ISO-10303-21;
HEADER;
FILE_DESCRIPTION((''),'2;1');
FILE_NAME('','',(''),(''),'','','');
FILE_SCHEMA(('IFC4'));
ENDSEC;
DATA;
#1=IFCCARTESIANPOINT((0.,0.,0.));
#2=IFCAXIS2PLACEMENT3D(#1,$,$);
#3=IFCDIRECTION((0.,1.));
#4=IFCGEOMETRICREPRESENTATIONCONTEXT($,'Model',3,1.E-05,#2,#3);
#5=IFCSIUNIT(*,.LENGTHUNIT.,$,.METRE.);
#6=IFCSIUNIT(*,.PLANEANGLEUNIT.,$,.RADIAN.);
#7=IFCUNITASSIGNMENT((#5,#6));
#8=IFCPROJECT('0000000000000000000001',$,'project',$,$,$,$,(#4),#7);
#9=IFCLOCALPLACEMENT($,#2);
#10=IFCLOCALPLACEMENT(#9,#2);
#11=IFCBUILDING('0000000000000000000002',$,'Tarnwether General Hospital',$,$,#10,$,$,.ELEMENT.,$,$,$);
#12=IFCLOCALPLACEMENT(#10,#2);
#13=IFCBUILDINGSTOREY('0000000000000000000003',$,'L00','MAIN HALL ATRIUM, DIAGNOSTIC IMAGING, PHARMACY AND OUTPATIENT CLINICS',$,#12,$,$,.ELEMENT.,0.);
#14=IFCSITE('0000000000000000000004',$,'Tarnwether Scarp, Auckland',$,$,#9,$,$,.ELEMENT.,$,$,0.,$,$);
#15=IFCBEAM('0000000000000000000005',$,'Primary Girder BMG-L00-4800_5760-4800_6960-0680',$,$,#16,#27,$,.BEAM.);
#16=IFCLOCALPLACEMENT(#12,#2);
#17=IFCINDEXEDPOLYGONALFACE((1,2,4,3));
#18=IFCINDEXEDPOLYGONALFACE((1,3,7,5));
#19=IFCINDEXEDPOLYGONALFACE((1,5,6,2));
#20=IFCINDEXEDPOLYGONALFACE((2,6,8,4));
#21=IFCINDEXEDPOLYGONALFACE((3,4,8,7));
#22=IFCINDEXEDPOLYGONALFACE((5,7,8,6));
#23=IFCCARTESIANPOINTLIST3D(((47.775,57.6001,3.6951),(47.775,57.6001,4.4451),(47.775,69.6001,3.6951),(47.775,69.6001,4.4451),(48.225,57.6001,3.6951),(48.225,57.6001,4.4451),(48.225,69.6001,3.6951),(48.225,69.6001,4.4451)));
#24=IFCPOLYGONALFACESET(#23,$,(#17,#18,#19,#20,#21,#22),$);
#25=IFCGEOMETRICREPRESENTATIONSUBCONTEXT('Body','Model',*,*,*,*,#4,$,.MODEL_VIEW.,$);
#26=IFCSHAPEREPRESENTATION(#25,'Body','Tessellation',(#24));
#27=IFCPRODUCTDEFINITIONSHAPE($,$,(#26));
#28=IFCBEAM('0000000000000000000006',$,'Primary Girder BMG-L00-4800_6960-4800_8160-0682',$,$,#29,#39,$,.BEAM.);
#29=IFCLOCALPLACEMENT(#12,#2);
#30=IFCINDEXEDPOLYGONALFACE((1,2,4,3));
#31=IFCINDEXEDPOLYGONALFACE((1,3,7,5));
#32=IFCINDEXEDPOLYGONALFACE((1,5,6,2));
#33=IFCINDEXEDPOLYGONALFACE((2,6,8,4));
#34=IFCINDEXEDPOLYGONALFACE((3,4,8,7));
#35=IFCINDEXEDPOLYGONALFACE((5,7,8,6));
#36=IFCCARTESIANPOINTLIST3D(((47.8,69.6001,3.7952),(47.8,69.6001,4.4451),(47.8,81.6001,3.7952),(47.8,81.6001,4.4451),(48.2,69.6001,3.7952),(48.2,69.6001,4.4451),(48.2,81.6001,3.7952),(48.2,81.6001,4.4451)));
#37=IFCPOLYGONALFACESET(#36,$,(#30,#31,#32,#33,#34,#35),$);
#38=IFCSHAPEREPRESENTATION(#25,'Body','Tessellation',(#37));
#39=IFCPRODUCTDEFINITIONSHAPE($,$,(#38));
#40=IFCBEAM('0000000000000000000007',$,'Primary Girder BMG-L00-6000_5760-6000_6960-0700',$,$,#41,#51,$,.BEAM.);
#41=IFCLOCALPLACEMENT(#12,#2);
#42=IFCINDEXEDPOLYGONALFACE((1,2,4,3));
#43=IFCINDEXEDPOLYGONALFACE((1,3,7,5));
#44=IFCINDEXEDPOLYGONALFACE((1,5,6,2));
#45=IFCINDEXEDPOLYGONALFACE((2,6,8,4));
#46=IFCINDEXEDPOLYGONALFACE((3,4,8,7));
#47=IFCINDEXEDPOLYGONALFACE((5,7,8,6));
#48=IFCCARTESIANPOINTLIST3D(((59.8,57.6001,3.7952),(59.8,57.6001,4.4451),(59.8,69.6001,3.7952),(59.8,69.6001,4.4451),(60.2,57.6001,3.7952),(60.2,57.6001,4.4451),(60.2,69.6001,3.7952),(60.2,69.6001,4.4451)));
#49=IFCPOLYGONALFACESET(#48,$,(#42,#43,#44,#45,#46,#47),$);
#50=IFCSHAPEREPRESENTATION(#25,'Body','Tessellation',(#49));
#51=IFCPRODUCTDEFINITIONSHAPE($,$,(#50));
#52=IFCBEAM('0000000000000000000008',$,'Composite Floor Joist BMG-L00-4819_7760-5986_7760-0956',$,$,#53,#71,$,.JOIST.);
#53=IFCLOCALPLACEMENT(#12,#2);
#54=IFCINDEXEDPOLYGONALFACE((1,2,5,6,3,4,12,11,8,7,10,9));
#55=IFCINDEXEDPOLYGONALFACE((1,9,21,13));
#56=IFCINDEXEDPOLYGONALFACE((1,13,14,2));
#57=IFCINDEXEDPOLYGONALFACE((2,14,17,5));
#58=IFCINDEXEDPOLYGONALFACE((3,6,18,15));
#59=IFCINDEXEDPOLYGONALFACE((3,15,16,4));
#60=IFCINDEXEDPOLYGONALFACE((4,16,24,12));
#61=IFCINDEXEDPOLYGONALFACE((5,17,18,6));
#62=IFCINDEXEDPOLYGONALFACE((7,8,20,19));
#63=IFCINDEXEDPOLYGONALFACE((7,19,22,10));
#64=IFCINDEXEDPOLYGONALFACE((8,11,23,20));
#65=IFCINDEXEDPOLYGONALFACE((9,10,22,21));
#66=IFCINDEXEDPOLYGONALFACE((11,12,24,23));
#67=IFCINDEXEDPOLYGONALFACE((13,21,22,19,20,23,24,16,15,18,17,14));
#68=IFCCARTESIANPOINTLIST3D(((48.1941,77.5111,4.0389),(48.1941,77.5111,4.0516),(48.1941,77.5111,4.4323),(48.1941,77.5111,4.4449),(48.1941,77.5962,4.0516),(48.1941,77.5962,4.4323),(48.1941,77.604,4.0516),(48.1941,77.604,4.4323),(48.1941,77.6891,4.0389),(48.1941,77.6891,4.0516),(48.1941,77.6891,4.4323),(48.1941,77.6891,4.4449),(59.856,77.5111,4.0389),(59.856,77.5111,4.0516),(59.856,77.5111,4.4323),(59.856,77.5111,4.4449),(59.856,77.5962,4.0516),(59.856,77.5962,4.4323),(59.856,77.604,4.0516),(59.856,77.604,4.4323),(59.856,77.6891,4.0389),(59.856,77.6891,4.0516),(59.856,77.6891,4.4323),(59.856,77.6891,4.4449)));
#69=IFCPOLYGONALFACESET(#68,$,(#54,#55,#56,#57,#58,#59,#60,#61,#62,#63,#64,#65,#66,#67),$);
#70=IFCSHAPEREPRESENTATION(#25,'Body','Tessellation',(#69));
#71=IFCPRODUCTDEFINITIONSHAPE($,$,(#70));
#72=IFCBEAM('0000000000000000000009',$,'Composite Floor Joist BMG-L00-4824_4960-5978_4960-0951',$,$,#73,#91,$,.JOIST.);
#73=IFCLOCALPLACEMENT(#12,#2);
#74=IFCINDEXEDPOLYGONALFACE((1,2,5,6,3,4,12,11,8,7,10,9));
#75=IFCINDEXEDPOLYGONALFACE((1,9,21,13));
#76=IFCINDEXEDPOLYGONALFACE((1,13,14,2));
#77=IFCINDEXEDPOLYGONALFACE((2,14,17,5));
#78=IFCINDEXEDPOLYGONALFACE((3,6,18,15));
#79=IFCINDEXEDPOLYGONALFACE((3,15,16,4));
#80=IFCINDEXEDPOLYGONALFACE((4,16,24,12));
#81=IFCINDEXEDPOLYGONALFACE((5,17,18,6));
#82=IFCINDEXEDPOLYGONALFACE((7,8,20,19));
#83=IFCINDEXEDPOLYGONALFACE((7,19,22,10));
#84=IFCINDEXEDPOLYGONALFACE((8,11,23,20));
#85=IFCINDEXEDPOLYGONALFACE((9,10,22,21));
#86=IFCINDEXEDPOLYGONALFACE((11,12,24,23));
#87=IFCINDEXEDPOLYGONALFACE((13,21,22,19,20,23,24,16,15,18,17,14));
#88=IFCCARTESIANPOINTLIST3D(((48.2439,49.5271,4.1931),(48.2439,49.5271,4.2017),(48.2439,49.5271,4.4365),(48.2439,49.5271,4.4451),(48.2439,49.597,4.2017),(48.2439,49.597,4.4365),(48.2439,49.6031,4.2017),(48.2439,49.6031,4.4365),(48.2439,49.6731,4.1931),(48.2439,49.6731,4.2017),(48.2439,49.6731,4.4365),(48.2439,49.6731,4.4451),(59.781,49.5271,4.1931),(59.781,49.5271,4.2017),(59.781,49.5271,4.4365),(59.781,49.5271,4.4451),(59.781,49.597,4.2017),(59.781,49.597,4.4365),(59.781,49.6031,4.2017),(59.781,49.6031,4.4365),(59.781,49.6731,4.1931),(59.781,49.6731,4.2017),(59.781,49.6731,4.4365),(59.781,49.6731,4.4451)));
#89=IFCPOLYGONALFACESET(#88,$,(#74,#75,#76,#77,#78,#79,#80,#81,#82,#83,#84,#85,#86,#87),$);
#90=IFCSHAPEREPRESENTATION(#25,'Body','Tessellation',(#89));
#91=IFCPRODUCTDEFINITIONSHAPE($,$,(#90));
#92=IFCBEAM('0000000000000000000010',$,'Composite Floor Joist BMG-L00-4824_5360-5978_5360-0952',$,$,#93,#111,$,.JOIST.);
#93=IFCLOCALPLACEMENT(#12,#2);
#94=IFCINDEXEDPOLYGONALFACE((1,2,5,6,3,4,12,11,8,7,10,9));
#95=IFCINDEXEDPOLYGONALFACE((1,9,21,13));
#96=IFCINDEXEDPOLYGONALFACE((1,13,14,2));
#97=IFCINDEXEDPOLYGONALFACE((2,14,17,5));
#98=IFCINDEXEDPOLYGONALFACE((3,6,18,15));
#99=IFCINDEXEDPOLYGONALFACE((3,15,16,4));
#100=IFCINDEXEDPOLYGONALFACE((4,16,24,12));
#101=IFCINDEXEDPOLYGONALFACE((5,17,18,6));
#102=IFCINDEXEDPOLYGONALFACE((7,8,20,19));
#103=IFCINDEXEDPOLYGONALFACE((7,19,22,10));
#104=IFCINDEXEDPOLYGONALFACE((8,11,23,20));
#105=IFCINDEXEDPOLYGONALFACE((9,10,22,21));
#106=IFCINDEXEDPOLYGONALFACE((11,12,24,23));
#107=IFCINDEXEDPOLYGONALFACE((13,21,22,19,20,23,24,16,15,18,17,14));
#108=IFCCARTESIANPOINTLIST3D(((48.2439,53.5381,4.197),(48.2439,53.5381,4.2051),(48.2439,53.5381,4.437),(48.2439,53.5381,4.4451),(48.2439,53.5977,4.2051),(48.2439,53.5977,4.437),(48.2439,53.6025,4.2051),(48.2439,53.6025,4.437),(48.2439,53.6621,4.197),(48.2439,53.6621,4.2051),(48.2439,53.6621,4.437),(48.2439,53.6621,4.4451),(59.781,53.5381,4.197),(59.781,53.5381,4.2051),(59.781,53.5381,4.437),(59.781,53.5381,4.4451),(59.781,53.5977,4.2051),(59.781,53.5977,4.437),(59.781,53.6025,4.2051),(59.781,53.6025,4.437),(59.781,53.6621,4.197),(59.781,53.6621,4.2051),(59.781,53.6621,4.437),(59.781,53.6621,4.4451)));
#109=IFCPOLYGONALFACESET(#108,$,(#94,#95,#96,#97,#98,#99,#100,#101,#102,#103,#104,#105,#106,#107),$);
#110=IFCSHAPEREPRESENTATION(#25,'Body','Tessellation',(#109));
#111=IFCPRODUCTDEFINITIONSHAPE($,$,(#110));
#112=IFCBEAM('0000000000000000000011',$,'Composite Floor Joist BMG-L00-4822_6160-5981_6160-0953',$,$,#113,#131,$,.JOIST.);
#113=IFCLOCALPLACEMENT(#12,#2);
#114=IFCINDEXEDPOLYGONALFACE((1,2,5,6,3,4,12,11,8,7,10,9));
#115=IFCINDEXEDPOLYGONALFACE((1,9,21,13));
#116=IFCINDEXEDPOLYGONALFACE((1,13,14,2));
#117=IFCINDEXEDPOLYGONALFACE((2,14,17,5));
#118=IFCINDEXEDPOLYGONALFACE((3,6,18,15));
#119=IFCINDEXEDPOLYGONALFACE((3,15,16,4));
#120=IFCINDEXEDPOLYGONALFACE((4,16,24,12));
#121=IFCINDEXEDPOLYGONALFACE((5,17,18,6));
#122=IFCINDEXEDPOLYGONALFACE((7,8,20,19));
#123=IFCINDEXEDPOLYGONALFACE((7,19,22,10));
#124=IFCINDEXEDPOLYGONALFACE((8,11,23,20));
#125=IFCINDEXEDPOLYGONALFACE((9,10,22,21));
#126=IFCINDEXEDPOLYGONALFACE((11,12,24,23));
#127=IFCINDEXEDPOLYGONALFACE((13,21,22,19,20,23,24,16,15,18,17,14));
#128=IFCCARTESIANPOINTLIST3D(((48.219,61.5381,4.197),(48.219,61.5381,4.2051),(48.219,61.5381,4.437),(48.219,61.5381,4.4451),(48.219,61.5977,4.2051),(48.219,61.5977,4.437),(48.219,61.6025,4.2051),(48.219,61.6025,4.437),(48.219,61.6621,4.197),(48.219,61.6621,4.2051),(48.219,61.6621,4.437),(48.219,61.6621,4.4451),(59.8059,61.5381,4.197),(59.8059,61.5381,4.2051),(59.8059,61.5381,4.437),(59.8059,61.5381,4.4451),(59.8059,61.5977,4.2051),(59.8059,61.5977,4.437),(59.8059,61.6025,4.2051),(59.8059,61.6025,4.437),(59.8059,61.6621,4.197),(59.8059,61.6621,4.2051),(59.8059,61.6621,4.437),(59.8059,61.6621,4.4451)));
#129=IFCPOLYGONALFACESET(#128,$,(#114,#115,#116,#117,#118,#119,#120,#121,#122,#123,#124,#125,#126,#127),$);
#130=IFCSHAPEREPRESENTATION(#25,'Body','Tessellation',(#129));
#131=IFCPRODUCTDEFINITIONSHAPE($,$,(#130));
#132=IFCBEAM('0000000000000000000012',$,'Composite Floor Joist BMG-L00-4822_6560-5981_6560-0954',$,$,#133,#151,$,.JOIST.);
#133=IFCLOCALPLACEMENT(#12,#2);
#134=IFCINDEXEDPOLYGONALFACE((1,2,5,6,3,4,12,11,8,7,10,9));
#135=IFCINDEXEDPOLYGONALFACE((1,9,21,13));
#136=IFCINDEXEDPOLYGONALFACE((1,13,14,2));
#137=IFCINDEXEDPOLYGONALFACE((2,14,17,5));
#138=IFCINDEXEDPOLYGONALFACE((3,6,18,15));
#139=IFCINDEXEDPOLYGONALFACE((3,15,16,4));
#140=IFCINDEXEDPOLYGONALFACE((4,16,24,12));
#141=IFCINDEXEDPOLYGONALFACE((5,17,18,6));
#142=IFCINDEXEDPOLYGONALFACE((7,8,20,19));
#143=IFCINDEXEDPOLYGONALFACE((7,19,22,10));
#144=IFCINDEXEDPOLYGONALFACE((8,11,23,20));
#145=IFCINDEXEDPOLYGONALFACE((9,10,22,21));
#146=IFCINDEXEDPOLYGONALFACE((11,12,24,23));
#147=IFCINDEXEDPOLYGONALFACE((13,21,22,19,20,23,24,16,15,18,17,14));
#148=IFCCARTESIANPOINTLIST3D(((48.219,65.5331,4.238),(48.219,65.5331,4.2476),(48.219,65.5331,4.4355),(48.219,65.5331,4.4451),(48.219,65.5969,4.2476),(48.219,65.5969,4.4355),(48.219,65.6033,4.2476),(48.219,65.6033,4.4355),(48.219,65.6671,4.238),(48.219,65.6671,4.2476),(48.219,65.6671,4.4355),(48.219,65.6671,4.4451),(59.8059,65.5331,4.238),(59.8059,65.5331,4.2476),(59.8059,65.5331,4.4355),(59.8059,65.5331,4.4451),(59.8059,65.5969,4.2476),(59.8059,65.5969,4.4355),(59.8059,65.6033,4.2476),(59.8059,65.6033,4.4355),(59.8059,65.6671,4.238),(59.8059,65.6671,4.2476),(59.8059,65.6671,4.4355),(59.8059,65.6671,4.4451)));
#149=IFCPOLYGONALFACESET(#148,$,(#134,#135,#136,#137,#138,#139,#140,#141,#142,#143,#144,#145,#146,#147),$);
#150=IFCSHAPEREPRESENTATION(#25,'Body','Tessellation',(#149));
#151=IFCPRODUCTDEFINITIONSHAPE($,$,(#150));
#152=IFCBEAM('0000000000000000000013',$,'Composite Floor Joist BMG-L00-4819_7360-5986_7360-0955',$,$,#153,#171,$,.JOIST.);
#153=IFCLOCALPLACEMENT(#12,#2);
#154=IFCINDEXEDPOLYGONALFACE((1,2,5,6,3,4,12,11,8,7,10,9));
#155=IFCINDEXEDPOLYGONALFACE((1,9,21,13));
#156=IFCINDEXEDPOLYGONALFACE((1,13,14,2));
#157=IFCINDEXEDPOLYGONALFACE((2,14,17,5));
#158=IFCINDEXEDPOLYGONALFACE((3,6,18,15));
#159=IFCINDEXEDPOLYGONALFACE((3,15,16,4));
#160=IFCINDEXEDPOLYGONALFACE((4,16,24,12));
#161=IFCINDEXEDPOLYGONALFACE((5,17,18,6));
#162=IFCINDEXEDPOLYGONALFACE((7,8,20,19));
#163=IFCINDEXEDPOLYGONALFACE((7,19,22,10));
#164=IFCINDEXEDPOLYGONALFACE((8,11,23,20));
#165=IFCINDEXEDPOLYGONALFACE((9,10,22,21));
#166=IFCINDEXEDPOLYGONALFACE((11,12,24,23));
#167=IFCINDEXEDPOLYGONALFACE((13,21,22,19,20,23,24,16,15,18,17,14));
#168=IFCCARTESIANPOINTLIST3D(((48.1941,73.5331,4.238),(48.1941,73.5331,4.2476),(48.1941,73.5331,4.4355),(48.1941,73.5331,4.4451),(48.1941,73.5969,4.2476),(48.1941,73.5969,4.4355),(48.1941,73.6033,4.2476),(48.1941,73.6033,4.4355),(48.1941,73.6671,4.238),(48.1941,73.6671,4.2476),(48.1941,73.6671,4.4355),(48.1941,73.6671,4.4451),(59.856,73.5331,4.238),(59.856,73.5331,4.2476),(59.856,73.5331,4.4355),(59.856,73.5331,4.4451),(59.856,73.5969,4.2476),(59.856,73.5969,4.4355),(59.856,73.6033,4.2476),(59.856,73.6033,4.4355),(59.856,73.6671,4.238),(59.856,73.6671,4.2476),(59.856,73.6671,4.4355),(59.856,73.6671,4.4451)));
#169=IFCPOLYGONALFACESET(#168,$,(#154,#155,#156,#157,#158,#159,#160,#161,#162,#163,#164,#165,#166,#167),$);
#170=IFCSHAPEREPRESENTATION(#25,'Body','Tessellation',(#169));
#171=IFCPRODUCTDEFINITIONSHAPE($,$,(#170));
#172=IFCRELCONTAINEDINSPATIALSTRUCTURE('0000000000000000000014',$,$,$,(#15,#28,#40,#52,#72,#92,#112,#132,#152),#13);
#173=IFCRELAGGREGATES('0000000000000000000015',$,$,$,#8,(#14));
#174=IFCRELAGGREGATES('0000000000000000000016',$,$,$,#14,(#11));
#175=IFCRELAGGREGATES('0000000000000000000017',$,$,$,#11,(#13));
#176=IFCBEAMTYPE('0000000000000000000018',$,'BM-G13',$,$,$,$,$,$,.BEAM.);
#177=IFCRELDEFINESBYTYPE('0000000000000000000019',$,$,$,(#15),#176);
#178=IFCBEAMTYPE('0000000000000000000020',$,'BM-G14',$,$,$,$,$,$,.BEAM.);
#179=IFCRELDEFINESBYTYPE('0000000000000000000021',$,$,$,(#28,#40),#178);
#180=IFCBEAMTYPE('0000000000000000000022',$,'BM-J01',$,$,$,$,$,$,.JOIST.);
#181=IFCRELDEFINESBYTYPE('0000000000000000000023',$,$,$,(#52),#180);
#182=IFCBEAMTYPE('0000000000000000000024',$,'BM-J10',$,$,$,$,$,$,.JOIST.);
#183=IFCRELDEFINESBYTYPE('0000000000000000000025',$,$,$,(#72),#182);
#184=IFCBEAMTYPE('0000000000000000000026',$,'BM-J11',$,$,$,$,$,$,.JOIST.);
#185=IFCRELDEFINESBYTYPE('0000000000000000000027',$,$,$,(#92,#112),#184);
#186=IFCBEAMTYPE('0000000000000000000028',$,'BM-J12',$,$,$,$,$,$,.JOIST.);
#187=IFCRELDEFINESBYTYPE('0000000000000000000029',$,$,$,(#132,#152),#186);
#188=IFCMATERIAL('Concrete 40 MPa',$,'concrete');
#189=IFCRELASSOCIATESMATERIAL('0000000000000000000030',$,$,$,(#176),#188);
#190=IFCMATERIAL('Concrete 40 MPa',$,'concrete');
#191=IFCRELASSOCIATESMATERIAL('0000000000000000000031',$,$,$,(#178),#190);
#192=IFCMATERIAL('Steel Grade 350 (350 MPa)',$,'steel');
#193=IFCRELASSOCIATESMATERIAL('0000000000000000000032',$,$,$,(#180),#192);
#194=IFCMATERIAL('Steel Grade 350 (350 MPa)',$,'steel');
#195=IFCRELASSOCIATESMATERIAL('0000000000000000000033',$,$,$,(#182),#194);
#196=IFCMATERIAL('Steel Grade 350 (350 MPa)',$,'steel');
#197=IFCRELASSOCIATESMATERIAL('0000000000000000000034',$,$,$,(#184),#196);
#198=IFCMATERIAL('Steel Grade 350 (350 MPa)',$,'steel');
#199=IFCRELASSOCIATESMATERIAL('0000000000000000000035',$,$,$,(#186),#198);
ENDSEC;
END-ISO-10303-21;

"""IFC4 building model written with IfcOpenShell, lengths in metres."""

from ifc_helpers import new_model, si_unit, direction, frame, origin, origin_2d, place, context, subcontext, project, spatial, rectangle, i_section, extrude, material, material_profile, profile_set, type_object, element, save


model = new_model("IFC4")

# Units and contexts
model_context = context("Model", 3, precision=1e-05, world=origin(), true_north=direction((0.0, 1.0)))
body_context = subcontext(model_context, "Body", "Model", "MODEL_VIEW")
ifc_project = project(units=[si_unit("LENGTHUNIT", "METRE"), si_unit("PLANEANGLEUNIT", "RADIAN")], contexts=[model_context])

# Site, building, storey
site_placement = place(None, origin())
site = spatial("IfcSite", under=ifc_project, at=site_placement, Name="Tarnwether Scarp, Auckland", CompositionType="ELEMENT", RefElevation=0.0)
building_placement = place(site_placement, origin())
building = spatial("IfcBuilding", under=site, at=building_placement, Name="Tarnwether General Hospital", CompositionType="ELEMENT")
storey_placement = place(building_placement, origin())
storey = spatial("IfcBuildingStorey", under=building, at=storey_placement, Name="L00", Description="MAIN HALL ATRIUM, DIAGNOSTIC IMAGING, PHARMACY AND OUTPATIENT CLINICS", CompositionType="ELEMENT", Elevation=0.0)

# Beams
ifc_material_1 = material(Name="Concrete 40 MPa", Category="concrete")
ifc_material_profile_1 = material_profile(ifc_material_1, rectangle(XDim=0.45, YDim=0.75, at=origin_2d()), Name="RC-BM-450x750")
ifc_profile_set_1 = profile_set([ifc_material_profile_1], Name="Concrete 40 MPa")
beam_type_1 = type_object("IfcBeamType", Name="BM-G13", PredefinedType="BEAM", material=ifc_profile_set_1)
beam_1_placement = place(storey_placement, frame((48.0, 57.6001, 4.0701), z_axis=(0.0, 1.0, 0.0), x_axis=(-1.0, 0.0, 0.0)))
element("IfcBeam", 1, at=beam_1_placement, inside=storey, type_object=beam_type_1, Name="Primary Girder BMG-L00-4800_5760-4800_6960-0680", PredefinedType="BEAM", context=body_context, shape_type="SweptSolid", body=[
    extrude(rectangle(XDim=0.45, YDim=0.75, at=origin_2d()), origin(), (0.0, 0.0, 1.0), 12.0),
])
ifc_material_2 = material(Name="Concrete 40 MPa", Category="concrete")
ifc_material_profile_2 = material_profile(ifc_material_2, rectangle(XDim=0.3999, YDim=0.6499, at=origin_2d()), Name="RC-BM-400x650")
ifc_profile_set_2 = profile_set([ifc_material_profile_2], Name="Concrete 40 MPa")
beam_type_2 = type_object("IfcBeamType", Name="BM-G14", PredefinedType="BEAM", material=ifc_profile_set_2)
for number, where, z_axis, x_axis, name in (
    (2, (48.0, 69.6001, 4.1201), (0.0, 1.0, 0.0), (-1.0, 0.0, 0.0), "Primary Girder BMG-L00-4800_6960-4800_8160-0682"),
    (3, (60.0, 57.6001, 4.1201), (0.0, 1.0, 0.0), (-1.0, 0.0, 0.0), "Primary Girder BMG-L00-6000_5760-6000_6960-0700"),
):
    element("IfcBeam", number, at=place(storey_placement, frame(where, z_axis=z_axis, x_axis=x_axis)), inside=storey, type_object=beam_type_2, Name=name, PredefinedType="BEAM", context=body_context, shape_type="SweptSolid", body=[
        extrude(rectangle(XDim=0.3999, YDim=0.6499, at=origin_2d()), origin(), (0.0, 0.0, 1.0), 12.0),
    ])
ifc_material_3 = material(Name="Steel Grade 350 (350 MPa)", Category="steel")
ifc_material_profile_3 = material_profile(ifc_material_3, i_section(OverallWidth=0.178, OverallDepth=0.406, WebThickness=0.0078, FlangeThickness=0.0127, at=origin_2d()), Name="410UB59.7")
ifc_profile_set_3 = profile_set([ifc_material_profile_3], Name="Steel Grade 350 (350 MPa)")
beam_type_3 = type_object("IfcBeamType", Name="BM-J01", PredefinedType="JOIST", material=ifc_profile_set_3)
beam_2_placement = place(storey_placement, frame((48.1941, 77.6001, 4.2419), z_axis=(1.0, 0.0, 0.0), x_axis=(0.0, 1.0, 0.0)))
element("IfcBeam", 4, at=beam_2_placement, inside=storey, type_object=beam_type_3, Name="Composite Floor Joist BMG-L00-4819_7760-5986_7760-0956", PredefinedType="JOIST", context=body_context, shape_type="SweptSolid", body=[
    extrude(i_section(OverallWidth=0.178, OverallDepth=0.406, WebThickness=0.0078, FlangeThickness=0.0127, at=origin_2d()), origin(), (0.0, 0.0, 1.0), 11.6619),
])
ifc_material_4 = material(Name="Steel Grade 350 (350 MPa)", Category="steel")
ifc_material_profile_4 = material_profile(ifc_material_4, i_section(OverallWidth=0.146, OverallDepth=0.252, WebThickness=0.0061, FlangeThickness=0.0085, at=origin_2d()), Name="250UB31.4")
ifc_profile_set_4 = profile_set([ifc_material_profile_4], Name="Steel Grade 350 (350 MPa)")
beam_type_4 = type_object("IfcBeamType", Name="BM-J10", PredefinedType="JOIST", material=ifc_profile_set_4)
beam_3_placement = place(storey_placement, frame((48.2439, 49.6001, 4.3191), z_axis=(1.0, 0.0, 0.0), x_axis=(0.0, 1.0, 0.0)))
element("IfcBeam", 5, at=beam_3_placement, inside=storey, type_object=beam_type_4, Name="Composite Floor Joist BMG-L00-4824_4960-5978_4960-0951", PredefinedType="JOIST", context=body_context, shape_type="SweptSolid", body=[
    extrude(i_section(OverallWidth=0.146, OverallDepth=0.252, WebThickness=0.0061, FlangeThickness=0.0085, at=origin_2d()), origin(), (0.0, 0.0, 1.0), 11.5371),
])
ifc_material_5 = material(Name="Steel Grade 350 (350 MPa)", Category="steel")
ifc_material_profile_5 = material_profile(ifc_material_5, i_section(OverallWidth=0.124, OverallDepth=0.248, WebThickness=0.0049, FlangeThickness=0.0081, at=origin_2d()), Name="250UB25.7")
ifc_profile_set_5 = profile_set([ifc_material_profile_5], Name="Steel Grade 350 (350 MPa)")
beam_type_5 = type_object("IfcBeamType", Name="BM-J11", PredefinedType="JOIST", material=ifc_profile_set_5)
beam_4_placement = place(storey_placement, frame((48.2439, 53.6001, 4.321), z_axis=(1.0, 0.0, 0.0), x_axis=(0.0, 1.0, 0.0)))
element("IfcBeam", 6, at=beam_4_placement, inside=storey, type_object=beam_type_5, Name="Composite Floor Joist BMG-L00-4824_5360-5978_5360-0952", PredefinedType="JOIST", context=body_context, shape_type="SweptSolid", body=[
    extrude(i_section(OverallWidth=0.124, OverallDepth=0.248, WebThickness=0.0049, FlangeThickness=0.0081, at=origin_2d()), origin(), (0.0, 0.0, 1.0), 11.5371),
])
beam_5_placement = place(storey_placement, frame((48.219, 61.6001, 4.321), z_axis=(1.0, 0.0, 0.0), x_axis=(0.0, 1.0, 0.0)))
element("IfcBeam", 7, at=beam_5_placement, inside=storey, type_object=beam_type_5, Name="Composite Floor Joist BMG-L00-4822_6160-5981_6160-0953", PredefinedType="JOIST", context=body_context, shape_type="SweptSolid", body=[
    extrude(i_section(OverallWidth=0.124, OverallDepth=0.248, WebThickness=0.0049, FlangeThickness=0.0081, at=origin_2d()), origin(), (0.0, 0.0, 1.0), 11.5869),
])
ifc_material_6 = material(Name="Steel Grade 350 (350 MPa)", Category="steel")
ifc_material_profile_6 = material_profile(ifc_material_6, i_section(OverallWidth=0.134, OverallDepth=0.207, WebThickness=0.0063, FlangeThickness=0.0095, at=origin_2d()), Name="200UB29.8")
ifc_profile_set_6 = profile_set([ifc_material_profile_6], Name="Steel Grade 350 (350 MPa)")
beam_type_6 = type_object("IfcBeamType", Name="BM-J12", PredefinedType="JOIST", material=ifc_profile_set_6)
beam_6_placement = place(storey_placement, frame((48.219, 65.6001, 4.3416), z_axis=(1.0, 0.0, 0.0), x_axis=(0.0, 1.0, 0.0)))
element("IfcBeam", 8, at=beam_6_placement, inside=storey, type_object=beam_type_6, Name="Composite Floor Joist BMG-L00-4822_6560-5981_6560-0954", PredefinedType="JOIST", context=body_context, shape_type="SweptSolid", body=[
    extrude(i_section(OverallWidth=0.134, OverallDepth=0.207, WebThickness=0.0063, FlangeThickness=0.0095, at=origin_2d()), origin(), (0.0, 0.0, 1.0), 11.5869),
])
beam_7_placement = place(storey_placement, frame((48.1941, 73.6001, 4.3416), z_axis=(1.0, 0.0, 0.0), x_axis=(0.0, 1.0, 0.0)))
element("IfcBeam", 9, at=beam_7_placement, inside=storey, type_object=beam_type_6, Name="Composite Floor Joist BMG-L00-4819_7360-5986_7360-0955", PredefinedType="JOIST", context=body_context, shape_type="SweptSolid", body=[
    extrude(i_section(OverallWidth=0.134, OverallDepth=0.207, WebThickness=0.0063, FlangeThickness=0.0095, at=origin_2d()), origin(), (0.0, 0.0, 1.0), 11.6619),
])

save(model, "model.ifc")
